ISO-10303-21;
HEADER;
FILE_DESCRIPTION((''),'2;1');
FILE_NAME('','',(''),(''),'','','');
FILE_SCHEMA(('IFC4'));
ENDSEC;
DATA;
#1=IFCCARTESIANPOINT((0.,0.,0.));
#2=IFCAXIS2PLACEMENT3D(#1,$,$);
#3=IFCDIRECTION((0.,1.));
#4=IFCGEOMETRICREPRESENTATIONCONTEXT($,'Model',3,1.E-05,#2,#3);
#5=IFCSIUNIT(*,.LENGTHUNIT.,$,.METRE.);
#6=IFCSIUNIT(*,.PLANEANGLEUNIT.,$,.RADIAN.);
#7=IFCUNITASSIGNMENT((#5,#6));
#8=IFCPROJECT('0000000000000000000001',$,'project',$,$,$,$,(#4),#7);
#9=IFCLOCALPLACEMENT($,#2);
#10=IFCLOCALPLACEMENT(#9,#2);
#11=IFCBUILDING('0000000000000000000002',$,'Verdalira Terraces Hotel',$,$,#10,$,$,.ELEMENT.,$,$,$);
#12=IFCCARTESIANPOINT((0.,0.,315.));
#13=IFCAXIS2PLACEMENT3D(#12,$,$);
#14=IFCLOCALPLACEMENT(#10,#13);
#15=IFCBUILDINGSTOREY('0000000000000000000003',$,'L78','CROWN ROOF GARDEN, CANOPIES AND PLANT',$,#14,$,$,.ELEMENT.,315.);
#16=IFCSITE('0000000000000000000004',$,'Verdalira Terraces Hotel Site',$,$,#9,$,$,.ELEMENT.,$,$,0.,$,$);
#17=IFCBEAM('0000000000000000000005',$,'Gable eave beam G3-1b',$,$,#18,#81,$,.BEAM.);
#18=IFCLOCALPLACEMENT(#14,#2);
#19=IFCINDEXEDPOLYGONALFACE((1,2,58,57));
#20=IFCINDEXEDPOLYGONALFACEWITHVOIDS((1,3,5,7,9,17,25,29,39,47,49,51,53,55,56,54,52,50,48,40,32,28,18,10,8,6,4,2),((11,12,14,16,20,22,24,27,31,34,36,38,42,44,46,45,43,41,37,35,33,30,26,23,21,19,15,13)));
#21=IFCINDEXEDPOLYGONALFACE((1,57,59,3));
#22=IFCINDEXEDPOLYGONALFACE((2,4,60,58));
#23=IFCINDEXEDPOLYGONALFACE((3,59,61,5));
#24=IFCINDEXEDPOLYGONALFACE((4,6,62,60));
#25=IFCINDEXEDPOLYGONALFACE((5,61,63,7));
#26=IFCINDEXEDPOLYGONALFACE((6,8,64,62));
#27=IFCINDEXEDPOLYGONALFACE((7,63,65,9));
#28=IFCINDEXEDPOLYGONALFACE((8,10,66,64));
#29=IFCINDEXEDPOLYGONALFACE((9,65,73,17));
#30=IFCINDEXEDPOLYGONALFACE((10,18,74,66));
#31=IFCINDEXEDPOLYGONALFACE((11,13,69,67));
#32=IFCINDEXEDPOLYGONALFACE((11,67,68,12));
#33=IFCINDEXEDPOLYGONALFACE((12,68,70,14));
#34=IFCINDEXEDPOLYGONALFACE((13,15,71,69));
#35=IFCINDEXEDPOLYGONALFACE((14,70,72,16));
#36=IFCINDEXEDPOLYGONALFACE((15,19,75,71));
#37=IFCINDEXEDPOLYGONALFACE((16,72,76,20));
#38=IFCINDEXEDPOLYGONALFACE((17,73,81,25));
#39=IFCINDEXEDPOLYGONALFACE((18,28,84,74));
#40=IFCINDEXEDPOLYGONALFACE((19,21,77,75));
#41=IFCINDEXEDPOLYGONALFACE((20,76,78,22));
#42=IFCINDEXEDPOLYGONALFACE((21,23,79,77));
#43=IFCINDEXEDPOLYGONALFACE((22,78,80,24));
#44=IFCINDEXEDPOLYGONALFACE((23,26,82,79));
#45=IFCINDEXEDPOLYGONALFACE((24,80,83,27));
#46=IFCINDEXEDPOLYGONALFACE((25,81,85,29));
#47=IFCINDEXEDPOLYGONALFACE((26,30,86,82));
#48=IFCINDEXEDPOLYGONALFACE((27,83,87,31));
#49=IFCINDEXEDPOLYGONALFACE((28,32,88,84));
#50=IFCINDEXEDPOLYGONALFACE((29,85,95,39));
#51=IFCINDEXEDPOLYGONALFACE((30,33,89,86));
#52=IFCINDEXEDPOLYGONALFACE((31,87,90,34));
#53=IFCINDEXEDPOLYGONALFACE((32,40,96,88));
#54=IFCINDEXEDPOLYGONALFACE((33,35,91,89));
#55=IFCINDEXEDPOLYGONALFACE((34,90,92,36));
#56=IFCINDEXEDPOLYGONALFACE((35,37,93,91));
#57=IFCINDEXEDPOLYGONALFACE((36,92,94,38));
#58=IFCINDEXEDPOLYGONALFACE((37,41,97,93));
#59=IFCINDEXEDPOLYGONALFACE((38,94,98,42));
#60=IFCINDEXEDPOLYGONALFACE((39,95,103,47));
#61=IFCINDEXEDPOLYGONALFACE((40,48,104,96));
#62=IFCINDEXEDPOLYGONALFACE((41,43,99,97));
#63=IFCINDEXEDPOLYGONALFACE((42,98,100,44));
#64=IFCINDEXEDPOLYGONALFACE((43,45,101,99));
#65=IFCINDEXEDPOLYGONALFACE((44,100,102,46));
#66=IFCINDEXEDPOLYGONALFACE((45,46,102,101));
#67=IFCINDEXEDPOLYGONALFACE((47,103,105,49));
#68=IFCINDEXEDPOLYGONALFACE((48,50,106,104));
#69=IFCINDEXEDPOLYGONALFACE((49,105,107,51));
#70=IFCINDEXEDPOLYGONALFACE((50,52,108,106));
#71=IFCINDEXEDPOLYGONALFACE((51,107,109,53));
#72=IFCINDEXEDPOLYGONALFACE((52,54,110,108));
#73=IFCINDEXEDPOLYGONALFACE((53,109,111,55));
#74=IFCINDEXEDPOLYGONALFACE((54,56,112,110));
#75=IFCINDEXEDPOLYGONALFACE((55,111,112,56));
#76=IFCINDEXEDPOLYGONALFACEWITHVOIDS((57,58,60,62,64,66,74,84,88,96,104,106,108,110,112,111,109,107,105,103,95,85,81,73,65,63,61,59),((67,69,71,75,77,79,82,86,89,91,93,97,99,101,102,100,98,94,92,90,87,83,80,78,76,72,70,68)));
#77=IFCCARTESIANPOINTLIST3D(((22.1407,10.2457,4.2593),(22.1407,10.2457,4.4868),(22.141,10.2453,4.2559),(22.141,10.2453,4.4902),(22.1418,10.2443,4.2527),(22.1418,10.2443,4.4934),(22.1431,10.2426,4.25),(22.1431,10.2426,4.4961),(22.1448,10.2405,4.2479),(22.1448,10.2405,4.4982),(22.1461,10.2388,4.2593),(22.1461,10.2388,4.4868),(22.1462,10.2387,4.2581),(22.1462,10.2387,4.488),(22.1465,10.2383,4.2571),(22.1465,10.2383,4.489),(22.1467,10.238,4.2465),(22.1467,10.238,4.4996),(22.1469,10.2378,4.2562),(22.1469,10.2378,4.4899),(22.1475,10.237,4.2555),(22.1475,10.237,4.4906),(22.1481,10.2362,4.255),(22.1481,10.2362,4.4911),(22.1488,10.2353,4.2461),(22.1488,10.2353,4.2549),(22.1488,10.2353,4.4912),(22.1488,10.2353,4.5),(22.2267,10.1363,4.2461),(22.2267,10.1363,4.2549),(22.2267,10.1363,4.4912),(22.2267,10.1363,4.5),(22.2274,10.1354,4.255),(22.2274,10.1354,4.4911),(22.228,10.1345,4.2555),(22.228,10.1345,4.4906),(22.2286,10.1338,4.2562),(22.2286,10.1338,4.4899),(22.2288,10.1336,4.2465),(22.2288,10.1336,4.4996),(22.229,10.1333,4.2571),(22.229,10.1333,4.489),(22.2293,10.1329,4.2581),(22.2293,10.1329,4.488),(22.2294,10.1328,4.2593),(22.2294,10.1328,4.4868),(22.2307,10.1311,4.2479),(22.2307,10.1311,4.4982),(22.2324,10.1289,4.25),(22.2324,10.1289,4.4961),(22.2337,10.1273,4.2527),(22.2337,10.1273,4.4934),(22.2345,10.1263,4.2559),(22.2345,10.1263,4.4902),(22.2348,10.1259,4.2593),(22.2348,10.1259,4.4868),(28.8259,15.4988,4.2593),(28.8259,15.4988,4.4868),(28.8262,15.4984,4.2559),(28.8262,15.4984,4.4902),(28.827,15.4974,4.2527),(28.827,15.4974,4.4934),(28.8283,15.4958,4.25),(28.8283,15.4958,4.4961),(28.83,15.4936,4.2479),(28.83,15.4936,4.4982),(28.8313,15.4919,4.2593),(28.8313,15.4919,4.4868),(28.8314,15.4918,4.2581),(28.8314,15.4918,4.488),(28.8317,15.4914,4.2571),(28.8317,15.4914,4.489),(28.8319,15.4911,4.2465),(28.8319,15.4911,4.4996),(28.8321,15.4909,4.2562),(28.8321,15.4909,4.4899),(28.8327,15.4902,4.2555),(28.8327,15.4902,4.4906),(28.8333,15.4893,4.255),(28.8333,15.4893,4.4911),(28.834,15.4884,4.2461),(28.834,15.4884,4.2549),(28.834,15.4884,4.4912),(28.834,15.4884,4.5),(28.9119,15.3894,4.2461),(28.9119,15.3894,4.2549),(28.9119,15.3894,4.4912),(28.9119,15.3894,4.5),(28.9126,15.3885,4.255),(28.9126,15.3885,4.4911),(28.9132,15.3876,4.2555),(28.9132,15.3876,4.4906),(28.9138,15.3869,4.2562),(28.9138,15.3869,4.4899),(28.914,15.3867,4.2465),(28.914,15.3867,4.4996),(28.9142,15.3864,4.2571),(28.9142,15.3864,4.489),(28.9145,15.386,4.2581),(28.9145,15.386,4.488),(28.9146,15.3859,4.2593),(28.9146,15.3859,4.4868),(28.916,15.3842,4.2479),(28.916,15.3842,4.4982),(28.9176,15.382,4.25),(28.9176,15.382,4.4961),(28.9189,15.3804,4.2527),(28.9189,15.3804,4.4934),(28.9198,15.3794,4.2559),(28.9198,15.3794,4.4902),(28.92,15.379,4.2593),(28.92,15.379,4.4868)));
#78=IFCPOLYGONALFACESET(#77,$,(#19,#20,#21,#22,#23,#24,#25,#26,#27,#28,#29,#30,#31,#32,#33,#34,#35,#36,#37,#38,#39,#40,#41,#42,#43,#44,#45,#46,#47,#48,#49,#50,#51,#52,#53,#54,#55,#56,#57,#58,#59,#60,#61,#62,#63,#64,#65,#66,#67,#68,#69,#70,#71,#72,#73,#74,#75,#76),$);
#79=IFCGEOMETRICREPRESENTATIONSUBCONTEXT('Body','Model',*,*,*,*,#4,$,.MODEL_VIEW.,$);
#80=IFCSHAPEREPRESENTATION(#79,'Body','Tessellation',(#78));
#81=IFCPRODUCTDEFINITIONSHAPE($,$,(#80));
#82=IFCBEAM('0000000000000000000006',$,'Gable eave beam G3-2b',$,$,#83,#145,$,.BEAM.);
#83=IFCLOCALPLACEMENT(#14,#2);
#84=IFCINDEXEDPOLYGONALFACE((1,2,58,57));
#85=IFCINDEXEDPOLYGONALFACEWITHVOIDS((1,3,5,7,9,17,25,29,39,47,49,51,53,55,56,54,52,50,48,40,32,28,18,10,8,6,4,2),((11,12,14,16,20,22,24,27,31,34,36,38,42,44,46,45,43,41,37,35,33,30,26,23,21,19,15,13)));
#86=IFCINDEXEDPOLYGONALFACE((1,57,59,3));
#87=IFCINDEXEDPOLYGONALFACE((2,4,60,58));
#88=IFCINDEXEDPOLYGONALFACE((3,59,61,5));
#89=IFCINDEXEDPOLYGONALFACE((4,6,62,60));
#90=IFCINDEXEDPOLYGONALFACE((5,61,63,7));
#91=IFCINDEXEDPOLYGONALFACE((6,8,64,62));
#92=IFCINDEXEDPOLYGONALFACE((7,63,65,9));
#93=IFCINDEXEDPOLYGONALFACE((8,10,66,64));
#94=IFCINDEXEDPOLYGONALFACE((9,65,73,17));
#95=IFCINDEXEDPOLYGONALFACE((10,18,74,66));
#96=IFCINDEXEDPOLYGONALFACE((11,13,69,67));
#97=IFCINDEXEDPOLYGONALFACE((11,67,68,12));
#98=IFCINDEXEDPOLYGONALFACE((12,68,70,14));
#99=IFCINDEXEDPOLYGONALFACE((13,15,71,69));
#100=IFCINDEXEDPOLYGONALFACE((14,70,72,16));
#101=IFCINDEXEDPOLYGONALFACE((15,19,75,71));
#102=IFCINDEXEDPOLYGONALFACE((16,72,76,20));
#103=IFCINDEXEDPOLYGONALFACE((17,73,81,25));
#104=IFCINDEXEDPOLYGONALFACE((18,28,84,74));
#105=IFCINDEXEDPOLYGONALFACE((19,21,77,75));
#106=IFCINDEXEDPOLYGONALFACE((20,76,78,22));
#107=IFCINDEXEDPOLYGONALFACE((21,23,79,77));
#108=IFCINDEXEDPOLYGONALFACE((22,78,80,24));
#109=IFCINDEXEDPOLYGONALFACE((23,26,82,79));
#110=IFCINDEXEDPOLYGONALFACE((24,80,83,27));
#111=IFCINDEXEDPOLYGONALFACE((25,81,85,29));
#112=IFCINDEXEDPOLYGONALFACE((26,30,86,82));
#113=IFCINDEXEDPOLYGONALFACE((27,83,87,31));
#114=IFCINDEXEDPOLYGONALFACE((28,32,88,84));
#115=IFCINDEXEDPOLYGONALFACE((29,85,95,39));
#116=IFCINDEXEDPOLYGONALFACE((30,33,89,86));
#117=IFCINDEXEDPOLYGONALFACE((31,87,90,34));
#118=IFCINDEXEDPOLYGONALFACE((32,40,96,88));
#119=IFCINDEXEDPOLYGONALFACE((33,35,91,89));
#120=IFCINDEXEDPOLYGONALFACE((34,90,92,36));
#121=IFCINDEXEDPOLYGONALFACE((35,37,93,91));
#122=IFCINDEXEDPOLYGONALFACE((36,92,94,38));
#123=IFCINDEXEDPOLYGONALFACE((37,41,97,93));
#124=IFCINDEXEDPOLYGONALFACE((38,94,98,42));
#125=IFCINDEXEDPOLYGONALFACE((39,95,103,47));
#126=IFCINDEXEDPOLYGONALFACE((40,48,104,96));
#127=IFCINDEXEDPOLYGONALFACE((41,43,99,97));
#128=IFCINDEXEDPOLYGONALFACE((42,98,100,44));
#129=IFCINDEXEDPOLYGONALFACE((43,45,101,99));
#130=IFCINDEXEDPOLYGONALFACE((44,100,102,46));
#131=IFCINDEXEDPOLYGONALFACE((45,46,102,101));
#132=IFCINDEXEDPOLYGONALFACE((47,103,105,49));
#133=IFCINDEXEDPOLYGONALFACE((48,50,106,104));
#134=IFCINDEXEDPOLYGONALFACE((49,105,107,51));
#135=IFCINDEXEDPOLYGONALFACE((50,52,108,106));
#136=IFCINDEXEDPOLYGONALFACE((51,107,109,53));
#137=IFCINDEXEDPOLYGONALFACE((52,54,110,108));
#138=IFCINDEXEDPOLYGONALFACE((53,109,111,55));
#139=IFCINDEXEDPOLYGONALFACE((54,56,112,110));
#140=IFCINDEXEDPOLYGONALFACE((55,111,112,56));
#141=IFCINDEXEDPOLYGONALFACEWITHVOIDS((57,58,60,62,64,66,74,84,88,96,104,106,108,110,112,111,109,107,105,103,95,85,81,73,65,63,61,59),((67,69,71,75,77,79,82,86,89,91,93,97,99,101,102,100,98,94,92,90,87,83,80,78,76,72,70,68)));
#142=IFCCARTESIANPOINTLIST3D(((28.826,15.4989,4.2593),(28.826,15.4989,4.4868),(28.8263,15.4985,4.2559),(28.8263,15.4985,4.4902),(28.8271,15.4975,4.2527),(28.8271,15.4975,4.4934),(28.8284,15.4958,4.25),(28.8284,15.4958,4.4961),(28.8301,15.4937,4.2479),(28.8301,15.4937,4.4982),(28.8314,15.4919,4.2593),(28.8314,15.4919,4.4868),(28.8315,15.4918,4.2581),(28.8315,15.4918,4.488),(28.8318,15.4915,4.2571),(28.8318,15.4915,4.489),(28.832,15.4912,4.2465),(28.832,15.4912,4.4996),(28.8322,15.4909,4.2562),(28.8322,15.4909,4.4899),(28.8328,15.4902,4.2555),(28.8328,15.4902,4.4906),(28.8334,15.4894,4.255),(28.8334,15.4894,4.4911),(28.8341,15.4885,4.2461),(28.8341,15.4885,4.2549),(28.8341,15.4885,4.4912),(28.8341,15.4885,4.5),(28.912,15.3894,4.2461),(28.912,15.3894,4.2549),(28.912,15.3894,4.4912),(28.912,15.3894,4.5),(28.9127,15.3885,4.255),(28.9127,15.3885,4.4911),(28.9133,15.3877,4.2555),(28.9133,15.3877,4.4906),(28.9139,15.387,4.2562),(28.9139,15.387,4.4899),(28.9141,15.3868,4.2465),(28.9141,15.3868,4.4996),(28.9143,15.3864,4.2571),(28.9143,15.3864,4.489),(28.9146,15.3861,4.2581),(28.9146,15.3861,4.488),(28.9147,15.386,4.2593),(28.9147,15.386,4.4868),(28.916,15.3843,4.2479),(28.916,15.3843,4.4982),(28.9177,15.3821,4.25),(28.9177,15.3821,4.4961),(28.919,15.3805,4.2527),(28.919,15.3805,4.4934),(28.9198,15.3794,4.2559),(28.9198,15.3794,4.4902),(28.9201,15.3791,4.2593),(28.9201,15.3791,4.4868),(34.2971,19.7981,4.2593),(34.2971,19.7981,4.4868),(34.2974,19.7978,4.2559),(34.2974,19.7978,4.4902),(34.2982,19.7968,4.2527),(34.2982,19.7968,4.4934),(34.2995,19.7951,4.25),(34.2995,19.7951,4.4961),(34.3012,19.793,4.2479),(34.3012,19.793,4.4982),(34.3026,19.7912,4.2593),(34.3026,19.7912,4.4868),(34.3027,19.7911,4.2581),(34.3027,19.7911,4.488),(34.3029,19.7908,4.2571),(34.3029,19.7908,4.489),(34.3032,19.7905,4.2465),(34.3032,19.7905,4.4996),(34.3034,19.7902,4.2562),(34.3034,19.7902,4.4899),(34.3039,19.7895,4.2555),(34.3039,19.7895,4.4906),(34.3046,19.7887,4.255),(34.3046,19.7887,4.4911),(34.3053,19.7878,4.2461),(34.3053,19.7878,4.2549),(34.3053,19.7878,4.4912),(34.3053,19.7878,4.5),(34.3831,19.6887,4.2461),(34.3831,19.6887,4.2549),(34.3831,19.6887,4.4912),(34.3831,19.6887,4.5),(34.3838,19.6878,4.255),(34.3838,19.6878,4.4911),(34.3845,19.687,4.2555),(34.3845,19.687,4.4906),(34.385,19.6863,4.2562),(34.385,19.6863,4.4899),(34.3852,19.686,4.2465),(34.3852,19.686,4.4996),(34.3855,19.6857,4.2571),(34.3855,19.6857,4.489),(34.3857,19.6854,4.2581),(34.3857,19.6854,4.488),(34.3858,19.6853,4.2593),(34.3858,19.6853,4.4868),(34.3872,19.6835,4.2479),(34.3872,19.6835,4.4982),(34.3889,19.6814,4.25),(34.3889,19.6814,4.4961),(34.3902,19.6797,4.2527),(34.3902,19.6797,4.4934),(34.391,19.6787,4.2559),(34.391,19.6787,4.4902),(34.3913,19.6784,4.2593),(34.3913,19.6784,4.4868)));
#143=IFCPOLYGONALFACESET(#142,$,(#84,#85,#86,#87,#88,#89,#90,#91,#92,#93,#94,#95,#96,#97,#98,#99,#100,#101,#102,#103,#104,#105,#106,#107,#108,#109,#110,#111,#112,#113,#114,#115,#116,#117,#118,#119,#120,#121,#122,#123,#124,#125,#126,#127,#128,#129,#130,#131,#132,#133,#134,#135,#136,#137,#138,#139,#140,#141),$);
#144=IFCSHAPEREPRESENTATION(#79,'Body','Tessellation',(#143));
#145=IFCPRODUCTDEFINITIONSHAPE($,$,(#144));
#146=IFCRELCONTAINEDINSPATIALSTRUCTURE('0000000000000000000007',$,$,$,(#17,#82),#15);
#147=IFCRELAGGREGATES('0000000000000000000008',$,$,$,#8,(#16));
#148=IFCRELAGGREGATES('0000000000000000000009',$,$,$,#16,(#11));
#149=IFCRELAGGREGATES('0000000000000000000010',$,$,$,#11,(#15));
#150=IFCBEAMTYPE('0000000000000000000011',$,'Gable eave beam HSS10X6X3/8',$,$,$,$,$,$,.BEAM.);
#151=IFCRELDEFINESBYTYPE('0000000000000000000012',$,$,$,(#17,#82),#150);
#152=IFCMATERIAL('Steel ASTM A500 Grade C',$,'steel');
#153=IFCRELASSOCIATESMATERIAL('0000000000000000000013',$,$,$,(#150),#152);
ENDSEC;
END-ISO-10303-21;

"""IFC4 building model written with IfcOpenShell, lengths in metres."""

from ifc_helpers import new_model, si_unit, direction, frame, origin, origin_2d, place, context, subcontext, project, spatial, hollow_rectangle, extrude, material, material_profile, profile_set, type_object, element, save


model = new_model("IFC4")

# Units and contexts
model_context = context("Model", 3, precision=1e-05, world=origin(), true_north=direction((0.0, 1.0)))
body_context = subcontext(model_context, "Body", "Model", "MODEL_VIEW")
ifc_project = project(units=[si_unit("LENGTHUNIT", "METRE"), si_unit("PLANEANGLEUNIT", "RADIAN")], contexts=[model_context])

# Site, building, storey
site_placement = place(None, origin())
site = spatial("IfcSite", under=ifc_project, at=site_placement, Name="Verdalira Terraces Hotel Site", CompositionType="ELEMENT", RefElevation=0.0)
building_placement = place(site_placement, origin())
building = spatial("IfcBuilding", under=site, at=building_placement, Name="Verdalira Terraces Hotel", CompositionType="ELEMENT")
storey_placement = place(building_placement, frame((0.0, 0.0, 315.0)))
storey = spatial("IfcBuildingStorey", under=building, at=storey_placement, Name="L78", Description="CROWN ROOF GARDEN, CANOPIES AND PLANT", CompositionType="ELEMENT", Elevation=315.0)

# Beams
ifc_material_1 = material(Name="Steel ASTM A500 Grade C", Category="steel")
ifc_material_profile_1 = material_profile(ifc_material_1, hollow_rectangle(XDim=0.1523, YDim=0.2539, WallThickness=0.0088, InnerFilletRadius=0.0044, OuterFilletRadius=0.0132, at=origin_2d()), Name="HSS10X6X3/8")
ifc_profile_set_1 = profile_set([ifc_material_profile_1], Name="Steel ASTM A500 Grade C")
beam_type_1 = type_object("IfcBeamType", Name="Gable eave beam HSS10X6X3/8", PredefinedType="BEAM", material=ifc_profile_set_1)
beam_1_placement = place(storey_placement, frame((22.1877, 10.1858, 4.373), z_axis=(0.786293, 0.617853, 0.0), x_axis=(-0.617853, 0.786293, 0.0)))
element("IfcBeam", 1, at=beam_1_placement, inside=storey, type_object=beam_type_1, Name="Gable eave beam G3-1b", PredefinedType="BEAM", context=body_context, shape_type="SweptSolid", body=[
    extrude(hollow_rectangle(XDim=0.1523, YDim=0.2539, WallThickness=0.0088, InnerFilletRadius=0.0044, OuterFilletRadius=0.0132, at=origin_2d()), origin(), (0.0, 0.0, 1.0), 8.5022),
])
beam_2_placement = place(storey_placement, frame((28.873, 15.439, 4.373), z_axis=(0.786282, 0.617868, 0.0), x_axis=(-0.617868, 0.786282, 0.0)))
element("IfcBeam", 2, at=beam_2_placement, inside=storey, type_object=beam_type_1, Name="Gable eave beam G3-2b", PredefinedType="BEAM", context=body_context, shape_type="SweptSolid", body=[
    extrude(hollow_rectangle(XDim=0.1523, YDim=0.2539, WallThickness=0.0088, InnerFilletRadius=0.0044, OuterFilletRadius=0.0132, at=origin_2d()), origin(), (0.0, 0.0, 1.0), 6.9583),
])

save(model, "model.ifc")
